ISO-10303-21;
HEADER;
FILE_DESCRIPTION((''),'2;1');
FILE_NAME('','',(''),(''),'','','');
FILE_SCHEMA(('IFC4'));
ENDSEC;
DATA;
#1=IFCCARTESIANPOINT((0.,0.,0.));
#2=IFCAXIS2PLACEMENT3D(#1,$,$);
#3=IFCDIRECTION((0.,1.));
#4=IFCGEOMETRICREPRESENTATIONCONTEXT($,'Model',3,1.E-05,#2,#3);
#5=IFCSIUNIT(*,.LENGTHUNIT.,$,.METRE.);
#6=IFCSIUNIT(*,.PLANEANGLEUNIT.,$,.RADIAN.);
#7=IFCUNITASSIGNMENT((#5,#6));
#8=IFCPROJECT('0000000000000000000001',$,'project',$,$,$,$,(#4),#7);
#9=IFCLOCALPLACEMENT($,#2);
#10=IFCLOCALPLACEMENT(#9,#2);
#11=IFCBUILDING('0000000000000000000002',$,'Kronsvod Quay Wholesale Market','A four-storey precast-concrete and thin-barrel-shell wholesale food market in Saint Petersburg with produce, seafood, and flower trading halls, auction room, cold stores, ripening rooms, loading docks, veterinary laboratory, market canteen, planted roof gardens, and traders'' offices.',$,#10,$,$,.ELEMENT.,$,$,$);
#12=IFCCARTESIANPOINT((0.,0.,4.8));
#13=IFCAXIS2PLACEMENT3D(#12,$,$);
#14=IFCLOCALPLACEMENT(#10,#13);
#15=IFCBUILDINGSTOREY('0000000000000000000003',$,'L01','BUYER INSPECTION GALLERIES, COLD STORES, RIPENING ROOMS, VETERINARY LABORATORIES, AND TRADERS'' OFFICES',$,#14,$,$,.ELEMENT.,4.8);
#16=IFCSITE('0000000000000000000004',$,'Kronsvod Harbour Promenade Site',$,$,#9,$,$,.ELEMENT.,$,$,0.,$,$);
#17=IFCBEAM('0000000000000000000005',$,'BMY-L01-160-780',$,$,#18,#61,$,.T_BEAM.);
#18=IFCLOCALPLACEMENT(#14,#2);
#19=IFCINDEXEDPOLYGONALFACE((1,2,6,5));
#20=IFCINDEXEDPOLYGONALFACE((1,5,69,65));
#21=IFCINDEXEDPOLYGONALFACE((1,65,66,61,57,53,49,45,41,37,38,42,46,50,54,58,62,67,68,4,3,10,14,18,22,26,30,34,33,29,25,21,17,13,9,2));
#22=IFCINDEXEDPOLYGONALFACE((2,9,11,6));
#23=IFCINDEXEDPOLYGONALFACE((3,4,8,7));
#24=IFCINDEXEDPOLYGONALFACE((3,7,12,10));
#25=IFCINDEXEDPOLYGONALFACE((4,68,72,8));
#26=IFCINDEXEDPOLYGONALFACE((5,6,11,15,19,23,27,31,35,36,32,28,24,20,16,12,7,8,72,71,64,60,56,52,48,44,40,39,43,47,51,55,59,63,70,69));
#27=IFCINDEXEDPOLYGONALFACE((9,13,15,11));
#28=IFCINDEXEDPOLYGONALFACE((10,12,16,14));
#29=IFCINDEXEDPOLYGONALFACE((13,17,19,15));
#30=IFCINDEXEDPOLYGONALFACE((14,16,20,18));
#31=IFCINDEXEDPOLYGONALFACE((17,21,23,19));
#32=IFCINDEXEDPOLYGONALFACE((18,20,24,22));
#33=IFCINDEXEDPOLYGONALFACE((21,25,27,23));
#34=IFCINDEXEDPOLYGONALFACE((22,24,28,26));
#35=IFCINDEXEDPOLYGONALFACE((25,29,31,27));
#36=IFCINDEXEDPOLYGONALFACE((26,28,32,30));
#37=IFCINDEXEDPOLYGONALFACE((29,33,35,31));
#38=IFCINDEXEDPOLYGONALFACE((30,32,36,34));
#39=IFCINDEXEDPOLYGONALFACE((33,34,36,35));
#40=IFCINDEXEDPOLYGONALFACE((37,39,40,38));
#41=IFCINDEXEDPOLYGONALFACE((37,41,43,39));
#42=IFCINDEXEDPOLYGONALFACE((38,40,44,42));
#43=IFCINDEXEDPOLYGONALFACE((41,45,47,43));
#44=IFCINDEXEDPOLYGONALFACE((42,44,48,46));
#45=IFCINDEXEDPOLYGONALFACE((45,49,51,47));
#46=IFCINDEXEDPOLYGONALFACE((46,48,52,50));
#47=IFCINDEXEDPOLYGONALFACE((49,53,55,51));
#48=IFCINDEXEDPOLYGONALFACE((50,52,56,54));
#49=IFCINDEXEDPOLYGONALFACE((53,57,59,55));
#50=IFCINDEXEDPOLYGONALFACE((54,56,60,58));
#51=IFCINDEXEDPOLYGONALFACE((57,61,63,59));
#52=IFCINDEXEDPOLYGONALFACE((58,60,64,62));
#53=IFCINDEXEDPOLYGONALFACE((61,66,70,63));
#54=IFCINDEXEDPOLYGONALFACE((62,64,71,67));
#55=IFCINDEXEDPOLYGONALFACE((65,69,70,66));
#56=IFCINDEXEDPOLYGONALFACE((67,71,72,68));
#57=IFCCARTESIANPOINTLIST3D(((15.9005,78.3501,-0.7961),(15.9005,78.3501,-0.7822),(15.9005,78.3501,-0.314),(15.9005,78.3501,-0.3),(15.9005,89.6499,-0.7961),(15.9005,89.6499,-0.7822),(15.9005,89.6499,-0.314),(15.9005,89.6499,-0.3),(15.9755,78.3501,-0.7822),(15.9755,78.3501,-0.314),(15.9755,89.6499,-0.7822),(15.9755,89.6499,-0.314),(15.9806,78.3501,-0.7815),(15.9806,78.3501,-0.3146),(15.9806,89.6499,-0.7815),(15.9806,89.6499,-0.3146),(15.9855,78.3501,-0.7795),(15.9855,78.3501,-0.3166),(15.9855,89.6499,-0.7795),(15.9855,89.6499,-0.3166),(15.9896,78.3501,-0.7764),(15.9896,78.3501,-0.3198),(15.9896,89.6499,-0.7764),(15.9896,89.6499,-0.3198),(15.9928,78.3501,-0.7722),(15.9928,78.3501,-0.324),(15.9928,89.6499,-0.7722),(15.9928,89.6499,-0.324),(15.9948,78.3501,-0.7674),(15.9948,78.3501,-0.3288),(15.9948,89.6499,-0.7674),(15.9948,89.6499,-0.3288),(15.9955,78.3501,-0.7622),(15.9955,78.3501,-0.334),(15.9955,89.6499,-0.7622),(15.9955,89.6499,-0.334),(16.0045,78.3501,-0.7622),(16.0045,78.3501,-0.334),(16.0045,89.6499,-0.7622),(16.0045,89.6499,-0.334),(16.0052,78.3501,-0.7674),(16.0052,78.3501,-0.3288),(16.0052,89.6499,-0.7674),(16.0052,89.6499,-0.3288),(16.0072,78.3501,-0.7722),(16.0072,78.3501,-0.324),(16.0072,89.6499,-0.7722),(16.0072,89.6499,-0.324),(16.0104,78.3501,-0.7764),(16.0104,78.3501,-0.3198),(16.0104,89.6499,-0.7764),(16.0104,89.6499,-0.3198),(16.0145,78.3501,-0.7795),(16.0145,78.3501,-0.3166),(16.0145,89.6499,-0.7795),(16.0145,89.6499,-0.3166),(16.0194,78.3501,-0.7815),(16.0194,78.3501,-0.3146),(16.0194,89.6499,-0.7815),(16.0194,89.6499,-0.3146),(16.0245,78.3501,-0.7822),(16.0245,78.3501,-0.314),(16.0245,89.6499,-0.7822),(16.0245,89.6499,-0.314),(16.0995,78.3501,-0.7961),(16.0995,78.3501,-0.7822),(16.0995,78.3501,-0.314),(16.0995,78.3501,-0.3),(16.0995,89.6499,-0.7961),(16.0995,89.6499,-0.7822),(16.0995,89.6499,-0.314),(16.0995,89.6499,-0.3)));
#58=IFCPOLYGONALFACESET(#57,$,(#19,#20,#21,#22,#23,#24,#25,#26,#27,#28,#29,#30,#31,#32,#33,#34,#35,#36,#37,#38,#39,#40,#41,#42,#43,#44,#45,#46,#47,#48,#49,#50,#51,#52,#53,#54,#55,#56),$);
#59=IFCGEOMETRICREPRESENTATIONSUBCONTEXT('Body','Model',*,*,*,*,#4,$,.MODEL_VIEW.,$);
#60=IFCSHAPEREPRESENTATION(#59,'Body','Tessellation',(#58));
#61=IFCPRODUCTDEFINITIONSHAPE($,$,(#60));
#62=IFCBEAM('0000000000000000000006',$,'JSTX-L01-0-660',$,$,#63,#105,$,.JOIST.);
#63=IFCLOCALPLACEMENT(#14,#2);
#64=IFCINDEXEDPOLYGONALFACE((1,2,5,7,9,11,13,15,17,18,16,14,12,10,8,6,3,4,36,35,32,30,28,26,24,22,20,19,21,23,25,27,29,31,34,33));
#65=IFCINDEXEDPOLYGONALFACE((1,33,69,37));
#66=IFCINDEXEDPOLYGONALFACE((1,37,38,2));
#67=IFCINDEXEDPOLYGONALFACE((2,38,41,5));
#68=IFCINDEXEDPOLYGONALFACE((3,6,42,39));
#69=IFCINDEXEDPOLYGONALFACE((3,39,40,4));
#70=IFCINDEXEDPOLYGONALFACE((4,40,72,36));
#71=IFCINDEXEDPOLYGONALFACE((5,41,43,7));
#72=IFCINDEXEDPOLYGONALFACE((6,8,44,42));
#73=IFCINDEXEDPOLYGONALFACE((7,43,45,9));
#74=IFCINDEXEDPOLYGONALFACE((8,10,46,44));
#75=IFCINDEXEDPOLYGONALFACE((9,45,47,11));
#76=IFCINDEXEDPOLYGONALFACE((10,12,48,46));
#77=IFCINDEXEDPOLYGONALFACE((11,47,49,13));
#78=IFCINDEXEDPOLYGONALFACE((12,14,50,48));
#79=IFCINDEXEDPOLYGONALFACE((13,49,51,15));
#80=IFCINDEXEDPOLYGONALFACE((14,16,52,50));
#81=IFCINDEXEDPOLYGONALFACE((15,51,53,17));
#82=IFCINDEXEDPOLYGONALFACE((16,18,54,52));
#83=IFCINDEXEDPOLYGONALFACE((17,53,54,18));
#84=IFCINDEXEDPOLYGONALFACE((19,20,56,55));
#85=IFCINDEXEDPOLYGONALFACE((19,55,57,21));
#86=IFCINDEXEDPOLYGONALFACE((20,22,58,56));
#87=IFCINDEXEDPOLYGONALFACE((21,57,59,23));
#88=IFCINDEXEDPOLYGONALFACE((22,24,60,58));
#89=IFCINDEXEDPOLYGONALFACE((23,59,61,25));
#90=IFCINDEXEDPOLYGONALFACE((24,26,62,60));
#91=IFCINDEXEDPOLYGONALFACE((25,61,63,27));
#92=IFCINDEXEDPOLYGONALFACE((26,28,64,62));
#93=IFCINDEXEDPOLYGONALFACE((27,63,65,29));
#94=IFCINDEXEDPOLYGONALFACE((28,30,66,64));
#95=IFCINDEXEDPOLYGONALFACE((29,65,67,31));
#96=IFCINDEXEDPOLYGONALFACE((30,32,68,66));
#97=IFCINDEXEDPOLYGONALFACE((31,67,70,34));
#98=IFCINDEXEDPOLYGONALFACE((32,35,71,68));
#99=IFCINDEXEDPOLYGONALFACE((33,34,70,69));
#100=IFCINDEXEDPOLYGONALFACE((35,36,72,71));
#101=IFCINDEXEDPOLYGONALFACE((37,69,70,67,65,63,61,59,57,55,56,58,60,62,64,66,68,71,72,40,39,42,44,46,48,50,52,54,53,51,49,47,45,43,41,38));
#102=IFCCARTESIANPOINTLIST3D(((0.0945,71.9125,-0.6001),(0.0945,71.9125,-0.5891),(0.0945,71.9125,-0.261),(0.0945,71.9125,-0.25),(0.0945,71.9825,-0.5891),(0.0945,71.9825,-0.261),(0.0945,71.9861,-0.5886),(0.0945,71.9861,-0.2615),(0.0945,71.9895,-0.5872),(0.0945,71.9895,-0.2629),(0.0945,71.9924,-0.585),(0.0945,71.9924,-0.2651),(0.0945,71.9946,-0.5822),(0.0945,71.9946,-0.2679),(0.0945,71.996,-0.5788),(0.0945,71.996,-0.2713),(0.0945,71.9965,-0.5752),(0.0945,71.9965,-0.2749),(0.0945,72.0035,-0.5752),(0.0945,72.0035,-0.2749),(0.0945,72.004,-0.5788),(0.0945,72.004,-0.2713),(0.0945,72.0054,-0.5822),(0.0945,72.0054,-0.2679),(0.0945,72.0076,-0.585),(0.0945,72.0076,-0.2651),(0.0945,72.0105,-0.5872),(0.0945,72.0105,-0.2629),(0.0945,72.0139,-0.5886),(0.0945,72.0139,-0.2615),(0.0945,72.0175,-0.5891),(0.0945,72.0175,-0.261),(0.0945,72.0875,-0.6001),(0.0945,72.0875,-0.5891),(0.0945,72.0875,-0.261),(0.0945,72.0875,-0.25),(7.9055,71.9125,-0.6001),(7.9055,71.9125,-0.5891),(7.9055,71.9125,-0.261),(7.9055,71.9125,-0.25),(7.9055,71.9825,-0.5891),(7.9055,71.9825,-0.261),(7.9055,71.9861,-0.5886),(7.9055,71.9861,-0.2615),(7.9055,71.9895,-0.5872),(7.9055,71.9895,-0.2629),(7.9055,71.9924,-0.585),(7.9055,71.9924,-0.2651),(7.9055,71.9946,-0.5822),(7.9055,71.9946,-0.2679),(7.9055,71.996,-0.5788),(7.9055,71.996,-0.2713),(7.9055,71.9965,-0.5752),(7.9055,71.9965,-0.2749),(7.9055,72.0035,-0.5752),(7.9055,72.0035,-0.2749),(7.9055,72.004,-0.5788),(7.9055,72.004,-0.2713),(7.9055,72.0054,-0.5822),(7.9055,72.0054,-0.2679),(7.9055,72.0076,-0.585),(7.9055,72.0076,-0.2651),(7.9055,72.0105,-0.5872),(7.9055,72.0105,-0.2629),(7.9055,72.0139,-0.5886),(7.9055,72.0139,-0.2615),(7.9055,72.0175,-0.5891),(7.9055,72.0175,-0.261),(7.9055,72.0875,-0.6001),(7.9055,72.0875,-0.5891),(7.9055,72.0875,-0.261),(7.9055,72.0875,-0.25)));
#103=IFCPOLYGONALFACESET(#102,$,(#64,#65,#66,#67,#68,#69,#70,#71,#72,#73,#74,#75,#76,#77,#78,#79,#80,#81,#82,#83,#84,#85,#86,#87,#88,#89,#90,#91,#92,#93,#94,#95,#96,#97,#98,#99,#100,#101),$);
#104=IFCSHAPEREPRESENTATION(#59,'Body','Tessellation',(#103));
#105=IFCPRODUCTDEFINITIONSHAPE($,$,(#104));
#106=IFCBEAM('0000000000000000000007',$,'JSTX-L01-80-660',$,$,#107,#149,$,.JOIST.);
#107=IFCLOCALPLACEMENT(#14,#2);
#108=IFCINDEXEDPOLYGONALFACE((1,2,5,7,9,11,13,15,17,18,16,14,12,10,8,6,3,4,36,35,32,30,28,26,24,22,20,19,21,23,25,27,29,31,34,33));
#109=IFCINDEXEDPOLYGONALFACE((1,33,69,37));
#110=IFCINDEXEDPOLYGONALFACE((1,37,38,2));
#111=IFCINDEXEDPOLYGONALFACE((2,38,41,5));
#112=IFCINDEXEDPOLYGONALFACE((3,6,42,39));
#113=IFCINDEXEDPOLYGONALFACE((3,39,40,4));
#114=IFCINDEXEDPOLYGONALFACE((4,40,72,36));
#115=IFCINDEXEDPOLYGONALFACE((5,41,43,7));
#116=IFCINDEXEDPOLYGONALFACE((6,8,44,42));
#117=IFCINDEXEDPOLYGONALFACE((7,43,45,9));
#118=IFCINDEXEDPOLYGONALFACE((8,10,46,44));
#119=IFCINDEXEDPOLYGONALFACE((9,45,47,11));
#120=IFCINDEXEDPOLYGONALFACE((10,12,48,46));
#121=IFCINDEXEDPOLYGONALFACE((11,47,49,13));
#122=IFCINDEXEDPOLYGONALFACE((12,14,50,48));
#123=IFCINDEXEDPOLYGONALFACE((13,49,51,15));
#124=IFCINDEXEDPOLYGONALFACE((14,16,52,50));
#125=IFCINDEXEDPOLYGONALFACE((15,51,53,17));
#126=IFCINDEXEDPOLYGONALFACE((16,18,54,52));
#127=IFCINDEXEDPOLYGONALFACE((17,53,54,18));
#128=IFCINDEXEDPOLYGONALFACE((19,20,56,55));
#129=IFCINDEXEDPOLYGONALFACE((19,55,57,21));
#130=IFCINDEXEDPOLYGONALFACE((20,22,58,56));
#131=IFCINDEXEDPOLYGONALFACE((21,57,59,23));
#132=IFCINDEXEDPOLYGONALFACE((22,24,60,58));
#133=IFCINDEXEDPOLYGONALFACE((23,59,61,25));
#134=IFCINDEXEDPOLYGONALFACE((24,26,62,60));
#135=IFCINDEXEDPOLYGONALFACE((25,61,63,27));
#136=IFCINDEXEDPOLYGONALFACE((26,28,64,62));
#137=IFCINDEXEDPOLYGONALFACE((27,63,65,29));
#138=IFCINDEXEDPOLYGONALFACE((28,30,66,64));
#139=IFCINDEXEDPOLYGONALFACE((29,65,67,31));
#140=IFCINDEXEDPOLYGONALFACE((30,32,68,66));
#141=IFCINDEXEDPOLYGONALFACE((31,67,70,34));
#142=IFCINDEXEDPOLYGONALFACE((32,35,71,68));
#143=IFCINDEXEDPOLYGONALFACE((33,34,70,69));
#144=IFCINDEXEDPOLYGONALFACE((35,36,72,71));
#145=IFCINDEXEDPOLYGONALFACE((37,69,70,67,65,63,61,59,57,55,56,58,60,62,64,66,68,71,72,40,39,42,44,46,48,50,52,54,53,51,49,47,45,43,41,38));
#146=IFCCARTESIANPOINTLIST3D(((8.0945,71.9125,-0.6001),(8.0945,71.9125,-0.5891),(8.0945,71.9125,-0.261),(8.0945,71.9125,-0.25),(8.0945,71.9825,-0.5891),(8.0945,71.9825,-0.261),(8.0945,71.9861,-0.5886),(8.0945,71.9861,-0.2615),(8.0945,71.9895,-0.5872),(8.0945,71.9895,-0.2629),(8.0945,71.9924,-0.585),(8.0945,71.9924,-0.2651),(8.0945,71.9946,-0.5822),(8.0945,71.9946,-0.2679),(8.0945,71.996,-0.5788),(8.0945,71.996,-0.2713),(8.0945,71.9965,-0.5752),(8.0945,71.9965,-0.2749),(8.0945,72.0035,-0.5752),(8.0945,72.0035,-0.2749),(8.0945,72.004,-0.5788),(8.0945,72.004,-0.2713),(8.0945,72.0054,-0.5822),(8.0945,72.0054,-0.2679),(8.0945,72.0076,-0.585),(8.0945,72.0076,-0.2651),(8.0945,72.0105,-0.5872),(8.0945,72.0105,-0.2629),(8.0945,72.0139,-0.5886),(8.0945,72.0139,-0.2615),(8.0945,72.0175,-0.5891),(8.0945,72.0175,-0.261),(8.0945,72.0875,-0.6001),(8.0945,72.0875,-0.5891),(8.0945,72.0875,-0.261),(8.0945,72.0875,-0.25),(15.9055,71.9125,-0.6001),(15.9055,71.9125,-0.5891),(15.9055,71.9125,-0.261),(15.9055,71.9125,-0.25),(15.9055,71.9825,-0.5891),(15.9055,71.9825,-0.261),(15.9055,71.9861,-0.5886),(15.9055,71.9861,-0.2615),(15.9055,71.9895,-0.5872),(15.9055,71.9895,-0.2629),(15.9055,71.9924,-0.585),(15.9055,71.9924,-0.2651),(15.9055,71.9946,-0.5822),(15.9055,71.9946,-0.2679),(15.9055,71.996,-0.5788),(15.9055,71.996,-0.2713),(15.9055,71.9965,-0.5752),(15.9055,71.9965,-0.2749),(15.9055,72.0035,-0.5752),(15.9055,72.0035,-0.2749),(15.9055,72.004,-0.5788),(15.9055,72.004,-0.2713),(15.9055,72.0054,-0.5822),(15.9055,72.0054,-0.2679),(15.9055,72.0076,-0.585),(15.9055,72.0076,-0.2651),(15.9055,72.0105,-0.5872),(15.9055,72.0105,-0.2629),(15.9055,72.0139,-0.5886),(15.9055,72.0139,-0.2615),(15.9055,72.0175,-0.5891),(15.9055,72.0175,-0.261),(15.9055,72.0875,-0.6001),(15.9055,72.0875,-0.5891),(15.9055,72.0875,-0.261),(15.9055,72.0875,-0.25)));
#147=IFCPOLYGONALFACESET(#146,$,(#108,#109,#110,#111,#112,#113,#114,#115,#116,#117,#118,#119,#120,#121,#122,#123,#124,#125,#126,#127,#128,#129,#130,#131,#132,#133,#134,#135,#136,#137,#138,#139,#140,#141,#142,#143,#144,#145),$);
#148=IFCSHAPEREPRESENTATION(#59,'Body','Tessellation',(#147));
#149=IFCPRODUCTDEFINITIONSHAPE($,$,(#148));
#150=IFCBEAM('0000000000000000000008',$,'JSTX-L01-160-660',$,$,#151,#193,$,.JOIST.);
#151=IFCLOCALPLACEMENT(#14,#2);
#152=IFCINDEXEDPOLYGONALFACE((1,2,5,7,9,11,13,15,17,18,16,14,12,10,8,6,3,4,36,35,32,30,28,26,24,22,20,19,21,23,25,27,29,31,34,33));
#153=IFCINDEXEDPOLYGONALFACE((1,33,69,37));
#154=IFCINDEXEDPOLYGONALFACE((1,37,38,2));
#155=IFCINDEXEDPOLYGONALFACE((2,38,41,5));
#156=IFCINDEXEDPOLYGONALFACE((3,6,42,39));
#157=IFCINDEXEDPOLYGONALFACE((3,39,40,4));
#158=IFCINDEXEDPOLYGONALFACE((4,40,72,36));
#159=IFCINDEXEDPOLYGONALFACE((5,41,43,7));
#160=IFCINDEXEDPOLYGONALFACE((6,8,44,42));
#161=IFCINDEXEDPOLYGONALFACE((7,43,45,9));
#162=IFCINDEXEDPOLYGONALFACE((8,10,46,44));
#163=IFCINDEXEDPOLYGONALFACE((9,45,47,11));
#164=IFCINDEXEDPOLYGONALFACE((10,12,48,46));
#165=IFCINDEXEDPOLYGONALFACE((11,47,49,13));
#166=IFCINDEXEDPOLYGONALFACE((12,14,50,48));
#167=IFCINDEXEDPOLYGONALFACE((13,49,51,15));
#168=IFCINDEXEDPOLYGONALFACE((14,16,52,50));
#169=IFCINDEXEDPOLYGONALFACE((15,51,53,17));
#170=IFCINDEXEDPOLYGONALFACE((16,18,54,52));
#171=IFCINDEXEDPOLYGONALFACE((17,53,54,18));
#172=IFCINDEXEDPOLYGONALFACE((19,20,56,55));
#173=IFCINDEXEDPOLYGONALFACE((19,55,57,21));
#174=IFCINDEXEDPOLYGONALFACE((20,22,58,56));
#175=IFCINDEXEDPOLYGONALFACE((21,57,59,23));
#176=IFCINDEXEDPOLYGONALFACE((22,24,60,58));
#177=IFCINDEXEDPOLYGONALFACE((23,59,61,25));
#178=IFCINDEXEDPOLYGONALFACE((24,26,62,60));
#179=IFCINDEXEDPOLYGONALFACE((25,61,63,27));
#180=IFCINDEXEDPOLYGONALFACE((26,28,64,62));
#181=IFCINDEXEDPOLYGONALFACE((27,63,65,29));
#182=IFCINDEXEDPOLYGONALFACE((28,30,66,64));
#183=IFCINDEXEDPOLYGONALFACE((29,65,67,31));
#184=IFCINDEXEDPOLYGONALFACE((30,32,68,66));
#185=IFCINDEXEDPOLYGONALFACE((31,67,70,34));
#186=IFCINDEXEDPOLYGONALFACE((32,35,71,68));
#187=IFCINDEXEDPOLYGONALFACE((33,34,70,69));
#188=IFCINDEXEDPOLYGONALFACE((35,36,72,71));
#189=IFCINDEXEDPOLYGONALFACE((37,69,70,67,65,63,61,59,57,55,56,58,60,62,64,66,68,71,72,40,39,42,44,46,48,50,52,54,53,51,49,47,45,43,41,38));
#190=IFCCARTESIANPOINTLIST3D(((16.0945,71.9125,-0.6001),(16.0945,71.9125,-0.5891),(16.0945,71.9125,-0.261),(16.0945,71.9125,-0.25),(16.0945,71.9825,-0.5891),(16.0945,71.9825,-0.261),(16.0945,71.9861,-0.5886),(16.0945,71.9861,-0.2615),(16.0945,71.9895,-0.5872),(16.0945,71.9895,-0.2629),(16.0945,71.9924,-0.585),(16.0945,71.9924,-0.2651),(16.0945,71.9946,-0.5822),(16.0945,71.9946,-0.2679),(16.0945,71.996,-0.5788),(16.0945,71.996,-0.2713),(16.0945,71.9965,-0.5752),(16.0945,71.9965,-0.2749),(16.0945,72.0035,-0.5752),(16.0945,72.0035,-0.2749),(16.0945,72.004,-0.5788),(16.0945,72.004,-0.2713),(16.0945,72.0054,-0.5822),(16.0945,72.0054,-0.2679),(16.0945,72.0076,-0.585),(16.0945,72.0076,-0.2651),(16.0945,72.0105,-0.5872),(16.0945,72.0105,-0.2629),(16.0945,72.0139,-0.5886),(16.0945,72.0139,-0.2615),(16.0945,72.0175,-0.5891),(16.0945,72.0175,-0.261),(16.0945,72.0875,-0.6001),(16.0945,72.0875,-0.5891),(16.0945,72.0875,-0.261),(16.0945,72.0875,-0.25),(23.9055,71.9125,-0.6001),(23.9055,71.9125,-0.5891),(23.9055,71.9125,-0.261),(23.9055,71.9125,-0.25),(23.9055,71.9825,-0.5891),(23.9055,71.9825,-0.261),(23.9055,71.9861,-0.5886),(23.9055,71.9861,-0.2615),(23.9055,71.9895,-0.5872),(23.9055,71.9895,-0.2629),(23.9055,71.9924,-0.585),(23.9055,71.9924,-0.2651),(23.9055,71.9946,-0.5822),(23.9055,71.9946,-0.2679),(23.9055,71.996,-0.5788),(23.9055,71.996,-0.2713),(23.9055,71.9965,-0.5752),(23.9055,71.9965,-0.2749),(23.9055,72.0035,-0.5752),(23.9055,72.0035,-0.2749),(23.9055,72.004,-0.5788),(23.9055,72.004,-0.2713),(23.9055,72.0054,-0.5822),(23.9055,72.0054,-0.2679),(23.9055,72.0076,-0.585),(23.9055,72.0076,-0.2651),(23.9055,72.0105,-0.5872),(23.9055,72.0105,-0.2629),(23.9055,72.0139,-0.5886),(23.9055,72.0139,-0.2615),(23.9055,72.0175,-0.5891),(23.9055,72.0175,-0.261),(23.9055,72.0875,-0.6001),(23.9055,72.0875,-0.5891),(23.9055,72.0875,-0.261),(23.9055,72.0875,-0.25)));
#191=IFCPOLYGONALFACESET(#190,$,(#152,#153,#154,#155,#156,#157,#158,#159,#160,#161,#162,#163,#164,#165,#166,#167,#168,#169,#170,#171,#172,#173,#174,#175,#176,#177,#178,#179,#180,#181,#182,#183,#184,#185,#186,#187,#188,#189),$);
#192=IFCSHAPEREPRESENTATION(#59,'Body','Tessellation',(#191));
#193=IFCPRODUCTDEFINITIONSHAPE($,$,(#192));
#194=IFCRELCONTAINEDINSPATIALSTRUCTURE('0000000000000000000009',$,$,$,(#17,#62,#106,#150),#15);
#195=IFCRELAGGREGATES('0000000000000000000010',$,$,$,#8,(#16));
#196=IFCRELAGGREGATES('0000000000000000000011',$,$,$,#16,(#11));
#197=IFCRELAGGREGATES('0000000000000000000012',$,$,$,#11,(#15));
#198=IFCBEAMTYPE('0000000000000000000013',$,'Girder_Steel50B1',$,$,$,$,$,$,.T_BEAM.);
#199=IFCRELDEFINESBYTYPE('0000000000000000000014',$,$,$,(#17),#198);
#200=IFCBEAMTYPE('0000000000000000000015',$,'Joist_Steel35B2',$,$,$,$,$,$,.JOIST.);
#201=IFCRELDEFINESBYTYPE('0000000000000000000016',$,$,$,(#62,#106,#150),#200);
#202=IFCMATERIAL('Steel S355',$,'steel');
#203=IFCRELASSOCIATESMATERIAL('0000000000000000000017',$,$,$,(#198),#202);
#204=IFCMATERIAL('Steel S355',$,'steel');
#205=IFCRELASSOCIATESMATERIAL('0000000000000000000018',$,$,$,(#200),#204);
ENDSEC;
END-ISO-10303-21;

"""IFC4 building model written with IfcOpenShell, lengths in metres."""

from ifc_helpers import new_model, si_unit, direction, frame, origin, origin_2d, place, context, subcontext, project, spatial, i_section, extrude, material, material_profile, profile_set, type_object, element, save


model = new_model("IFC4")

# Units and contexts
model_context = context("Model", 3, precision=1e-05, world=origin(), true_north=direction((0.0, 1.0)))
body_context = subcontext(model_context, "Body", "Model", "MODEL_VIEW")
ifc_project = project(units=[si_unit("LENGTHUNIT", "METRE"), si_unit("PLANEANGLEUNIT", "RADIAN")], contexts=[model_context])

# Site, building, storey
site_placement = place(None, origin())
site = spatial("IfcSite", under=ifc_project, at=site_placement, Name="Kronsvod Harbour Promenade Site", CompositionType="ELEMENT", RefElevation=0.0)
building_placement = place(site_placement, origin())
building = spatial("IfcBuilding", under=site, at=building_placement, Name="Kronsvod Quay Wholesale Market", Description="A four-storey precast-concrete and thin-barrel-shell wholesale food market in Saint Petersburg with produce, seafood, and flower trading halls, auction room, cold stores, ripening rooms, loading docks, veterinary laboratory, market canteen, planted roof gardens, and traders' offices.", CompositionType="ELEMENT")
storey_placement = place(building_placement, frame((0.0, 0.0, 4.8)))
storey = spatial("IfcBuildingStorey", under=building, at=storey_placement, Name="L01", Description="BUYER INSPECTION GALLERIES, COLD STORES, RIPENING ROOMS, VETERINARY LABORATORIES, AND TRADERS' OFFICES", CompositionType="ELEMENT", Elevation=4.8)

# Beams
ifc_material_1 = material(Name="Steel S355", Category="steel")
ifc_material_profile_1 = material_profile(ifc_material_1, i_section(OverallWidth=0.199, OverallDepth=0.4961, WebThickness=0.009, FlangeThickness=0.0139, FilletRadius=0.02, at=origin_2d()), Name="50B1")
ifc_profile_set_1 = profile_set([ifc_material_profile_1], Name="Steel S355")
beam_type_1 = type_object("IfcBeamType", Name="Girder_Steel50B1", PredefinedType="T_BEAM", material=ifc_profile_set_1)
for number, where, z_axis, x_axis, name in (
    (1, (16.0, 78.3501, -0.5481), (0.0, 1.0, 0.0), (-1.0, 0.0, 0.0), "BMY-L01-160-780"),
):
    element("IfcBeam", number, at=place(storey_placement, frame(where, z_axis=z_axis, x_axis=x_axis)), inside=storey, type_object=beam_type_1, Name=name, PredefinedType="T_BEAM", context=body_context, shape_type="SweptSolid", body=[
        extrude(i_section(OverallWidth=0.199, OverallDepth=0.4961, WebThickness=0.009, FlangeThickness=0.0139, FilletRadius=0.02, at=origin_2d()), origin(), (0.0, 0.0, 1.0), 11.2998),
    ])
ifc_material_2 = material(Name="Steel S355", Category="steel")
ifc_material_profile_2 = material_profile(ifc_material_2, i_section(OverallWidth=0.175, OverallDepth=0.3501, WebThickness=0.0071, FlangeThickness=0.011, FilletRadius=0.0139, at=origin_2d()), Name="35B2")
ifc_profile_set_2 = profile_set([ifc_material_profile_2], Name="Steel S355")
beam_type_2 = type_object("IfcBeamType", Name="Joist_Steel35B2", PredefinedType="JOIST", material=ifc_profile_set_2)
for number, where, z_axis, x_axis, name in (
    (2, (0.0945, 72.0, -0.425), (1.0, 0.0, 0.0), (0.0, 1.0, 0.0), "JSTX-L01-0-660"),
    (3, (8.0945, 72.0, -0.425), (1.0, 0.0, 0.0), (0.0, 1.0, 0.0), "JSTX-L01-80-660"),
    (4, (16.0945, 72.0, -0.425), (1.0, 0.0, 0.0), (0.0, 1.0, 0.0), "JSTX-L01-160-660"),
):
    element("IfcBeam", number, at=place(storey_placement, frame(where, z_axis=z_axis, x_axis=x_axis)), inside=storey, type_object=beam_type_2, Name=name, PredefinedType="JOIST", context=body_context, shape_type="SweptSolid", body=[
        extrude(i_section(OverallWidth=0.175, OverallDepth=0.3501, WebThickness=0.0071, FlangeThickness=0.011, FilletRadius=0.0139, at=origin_2d()), origin(), (0.0, 0.0, 1.0), 7.811),
    ])

save(model, "model.ifc")
